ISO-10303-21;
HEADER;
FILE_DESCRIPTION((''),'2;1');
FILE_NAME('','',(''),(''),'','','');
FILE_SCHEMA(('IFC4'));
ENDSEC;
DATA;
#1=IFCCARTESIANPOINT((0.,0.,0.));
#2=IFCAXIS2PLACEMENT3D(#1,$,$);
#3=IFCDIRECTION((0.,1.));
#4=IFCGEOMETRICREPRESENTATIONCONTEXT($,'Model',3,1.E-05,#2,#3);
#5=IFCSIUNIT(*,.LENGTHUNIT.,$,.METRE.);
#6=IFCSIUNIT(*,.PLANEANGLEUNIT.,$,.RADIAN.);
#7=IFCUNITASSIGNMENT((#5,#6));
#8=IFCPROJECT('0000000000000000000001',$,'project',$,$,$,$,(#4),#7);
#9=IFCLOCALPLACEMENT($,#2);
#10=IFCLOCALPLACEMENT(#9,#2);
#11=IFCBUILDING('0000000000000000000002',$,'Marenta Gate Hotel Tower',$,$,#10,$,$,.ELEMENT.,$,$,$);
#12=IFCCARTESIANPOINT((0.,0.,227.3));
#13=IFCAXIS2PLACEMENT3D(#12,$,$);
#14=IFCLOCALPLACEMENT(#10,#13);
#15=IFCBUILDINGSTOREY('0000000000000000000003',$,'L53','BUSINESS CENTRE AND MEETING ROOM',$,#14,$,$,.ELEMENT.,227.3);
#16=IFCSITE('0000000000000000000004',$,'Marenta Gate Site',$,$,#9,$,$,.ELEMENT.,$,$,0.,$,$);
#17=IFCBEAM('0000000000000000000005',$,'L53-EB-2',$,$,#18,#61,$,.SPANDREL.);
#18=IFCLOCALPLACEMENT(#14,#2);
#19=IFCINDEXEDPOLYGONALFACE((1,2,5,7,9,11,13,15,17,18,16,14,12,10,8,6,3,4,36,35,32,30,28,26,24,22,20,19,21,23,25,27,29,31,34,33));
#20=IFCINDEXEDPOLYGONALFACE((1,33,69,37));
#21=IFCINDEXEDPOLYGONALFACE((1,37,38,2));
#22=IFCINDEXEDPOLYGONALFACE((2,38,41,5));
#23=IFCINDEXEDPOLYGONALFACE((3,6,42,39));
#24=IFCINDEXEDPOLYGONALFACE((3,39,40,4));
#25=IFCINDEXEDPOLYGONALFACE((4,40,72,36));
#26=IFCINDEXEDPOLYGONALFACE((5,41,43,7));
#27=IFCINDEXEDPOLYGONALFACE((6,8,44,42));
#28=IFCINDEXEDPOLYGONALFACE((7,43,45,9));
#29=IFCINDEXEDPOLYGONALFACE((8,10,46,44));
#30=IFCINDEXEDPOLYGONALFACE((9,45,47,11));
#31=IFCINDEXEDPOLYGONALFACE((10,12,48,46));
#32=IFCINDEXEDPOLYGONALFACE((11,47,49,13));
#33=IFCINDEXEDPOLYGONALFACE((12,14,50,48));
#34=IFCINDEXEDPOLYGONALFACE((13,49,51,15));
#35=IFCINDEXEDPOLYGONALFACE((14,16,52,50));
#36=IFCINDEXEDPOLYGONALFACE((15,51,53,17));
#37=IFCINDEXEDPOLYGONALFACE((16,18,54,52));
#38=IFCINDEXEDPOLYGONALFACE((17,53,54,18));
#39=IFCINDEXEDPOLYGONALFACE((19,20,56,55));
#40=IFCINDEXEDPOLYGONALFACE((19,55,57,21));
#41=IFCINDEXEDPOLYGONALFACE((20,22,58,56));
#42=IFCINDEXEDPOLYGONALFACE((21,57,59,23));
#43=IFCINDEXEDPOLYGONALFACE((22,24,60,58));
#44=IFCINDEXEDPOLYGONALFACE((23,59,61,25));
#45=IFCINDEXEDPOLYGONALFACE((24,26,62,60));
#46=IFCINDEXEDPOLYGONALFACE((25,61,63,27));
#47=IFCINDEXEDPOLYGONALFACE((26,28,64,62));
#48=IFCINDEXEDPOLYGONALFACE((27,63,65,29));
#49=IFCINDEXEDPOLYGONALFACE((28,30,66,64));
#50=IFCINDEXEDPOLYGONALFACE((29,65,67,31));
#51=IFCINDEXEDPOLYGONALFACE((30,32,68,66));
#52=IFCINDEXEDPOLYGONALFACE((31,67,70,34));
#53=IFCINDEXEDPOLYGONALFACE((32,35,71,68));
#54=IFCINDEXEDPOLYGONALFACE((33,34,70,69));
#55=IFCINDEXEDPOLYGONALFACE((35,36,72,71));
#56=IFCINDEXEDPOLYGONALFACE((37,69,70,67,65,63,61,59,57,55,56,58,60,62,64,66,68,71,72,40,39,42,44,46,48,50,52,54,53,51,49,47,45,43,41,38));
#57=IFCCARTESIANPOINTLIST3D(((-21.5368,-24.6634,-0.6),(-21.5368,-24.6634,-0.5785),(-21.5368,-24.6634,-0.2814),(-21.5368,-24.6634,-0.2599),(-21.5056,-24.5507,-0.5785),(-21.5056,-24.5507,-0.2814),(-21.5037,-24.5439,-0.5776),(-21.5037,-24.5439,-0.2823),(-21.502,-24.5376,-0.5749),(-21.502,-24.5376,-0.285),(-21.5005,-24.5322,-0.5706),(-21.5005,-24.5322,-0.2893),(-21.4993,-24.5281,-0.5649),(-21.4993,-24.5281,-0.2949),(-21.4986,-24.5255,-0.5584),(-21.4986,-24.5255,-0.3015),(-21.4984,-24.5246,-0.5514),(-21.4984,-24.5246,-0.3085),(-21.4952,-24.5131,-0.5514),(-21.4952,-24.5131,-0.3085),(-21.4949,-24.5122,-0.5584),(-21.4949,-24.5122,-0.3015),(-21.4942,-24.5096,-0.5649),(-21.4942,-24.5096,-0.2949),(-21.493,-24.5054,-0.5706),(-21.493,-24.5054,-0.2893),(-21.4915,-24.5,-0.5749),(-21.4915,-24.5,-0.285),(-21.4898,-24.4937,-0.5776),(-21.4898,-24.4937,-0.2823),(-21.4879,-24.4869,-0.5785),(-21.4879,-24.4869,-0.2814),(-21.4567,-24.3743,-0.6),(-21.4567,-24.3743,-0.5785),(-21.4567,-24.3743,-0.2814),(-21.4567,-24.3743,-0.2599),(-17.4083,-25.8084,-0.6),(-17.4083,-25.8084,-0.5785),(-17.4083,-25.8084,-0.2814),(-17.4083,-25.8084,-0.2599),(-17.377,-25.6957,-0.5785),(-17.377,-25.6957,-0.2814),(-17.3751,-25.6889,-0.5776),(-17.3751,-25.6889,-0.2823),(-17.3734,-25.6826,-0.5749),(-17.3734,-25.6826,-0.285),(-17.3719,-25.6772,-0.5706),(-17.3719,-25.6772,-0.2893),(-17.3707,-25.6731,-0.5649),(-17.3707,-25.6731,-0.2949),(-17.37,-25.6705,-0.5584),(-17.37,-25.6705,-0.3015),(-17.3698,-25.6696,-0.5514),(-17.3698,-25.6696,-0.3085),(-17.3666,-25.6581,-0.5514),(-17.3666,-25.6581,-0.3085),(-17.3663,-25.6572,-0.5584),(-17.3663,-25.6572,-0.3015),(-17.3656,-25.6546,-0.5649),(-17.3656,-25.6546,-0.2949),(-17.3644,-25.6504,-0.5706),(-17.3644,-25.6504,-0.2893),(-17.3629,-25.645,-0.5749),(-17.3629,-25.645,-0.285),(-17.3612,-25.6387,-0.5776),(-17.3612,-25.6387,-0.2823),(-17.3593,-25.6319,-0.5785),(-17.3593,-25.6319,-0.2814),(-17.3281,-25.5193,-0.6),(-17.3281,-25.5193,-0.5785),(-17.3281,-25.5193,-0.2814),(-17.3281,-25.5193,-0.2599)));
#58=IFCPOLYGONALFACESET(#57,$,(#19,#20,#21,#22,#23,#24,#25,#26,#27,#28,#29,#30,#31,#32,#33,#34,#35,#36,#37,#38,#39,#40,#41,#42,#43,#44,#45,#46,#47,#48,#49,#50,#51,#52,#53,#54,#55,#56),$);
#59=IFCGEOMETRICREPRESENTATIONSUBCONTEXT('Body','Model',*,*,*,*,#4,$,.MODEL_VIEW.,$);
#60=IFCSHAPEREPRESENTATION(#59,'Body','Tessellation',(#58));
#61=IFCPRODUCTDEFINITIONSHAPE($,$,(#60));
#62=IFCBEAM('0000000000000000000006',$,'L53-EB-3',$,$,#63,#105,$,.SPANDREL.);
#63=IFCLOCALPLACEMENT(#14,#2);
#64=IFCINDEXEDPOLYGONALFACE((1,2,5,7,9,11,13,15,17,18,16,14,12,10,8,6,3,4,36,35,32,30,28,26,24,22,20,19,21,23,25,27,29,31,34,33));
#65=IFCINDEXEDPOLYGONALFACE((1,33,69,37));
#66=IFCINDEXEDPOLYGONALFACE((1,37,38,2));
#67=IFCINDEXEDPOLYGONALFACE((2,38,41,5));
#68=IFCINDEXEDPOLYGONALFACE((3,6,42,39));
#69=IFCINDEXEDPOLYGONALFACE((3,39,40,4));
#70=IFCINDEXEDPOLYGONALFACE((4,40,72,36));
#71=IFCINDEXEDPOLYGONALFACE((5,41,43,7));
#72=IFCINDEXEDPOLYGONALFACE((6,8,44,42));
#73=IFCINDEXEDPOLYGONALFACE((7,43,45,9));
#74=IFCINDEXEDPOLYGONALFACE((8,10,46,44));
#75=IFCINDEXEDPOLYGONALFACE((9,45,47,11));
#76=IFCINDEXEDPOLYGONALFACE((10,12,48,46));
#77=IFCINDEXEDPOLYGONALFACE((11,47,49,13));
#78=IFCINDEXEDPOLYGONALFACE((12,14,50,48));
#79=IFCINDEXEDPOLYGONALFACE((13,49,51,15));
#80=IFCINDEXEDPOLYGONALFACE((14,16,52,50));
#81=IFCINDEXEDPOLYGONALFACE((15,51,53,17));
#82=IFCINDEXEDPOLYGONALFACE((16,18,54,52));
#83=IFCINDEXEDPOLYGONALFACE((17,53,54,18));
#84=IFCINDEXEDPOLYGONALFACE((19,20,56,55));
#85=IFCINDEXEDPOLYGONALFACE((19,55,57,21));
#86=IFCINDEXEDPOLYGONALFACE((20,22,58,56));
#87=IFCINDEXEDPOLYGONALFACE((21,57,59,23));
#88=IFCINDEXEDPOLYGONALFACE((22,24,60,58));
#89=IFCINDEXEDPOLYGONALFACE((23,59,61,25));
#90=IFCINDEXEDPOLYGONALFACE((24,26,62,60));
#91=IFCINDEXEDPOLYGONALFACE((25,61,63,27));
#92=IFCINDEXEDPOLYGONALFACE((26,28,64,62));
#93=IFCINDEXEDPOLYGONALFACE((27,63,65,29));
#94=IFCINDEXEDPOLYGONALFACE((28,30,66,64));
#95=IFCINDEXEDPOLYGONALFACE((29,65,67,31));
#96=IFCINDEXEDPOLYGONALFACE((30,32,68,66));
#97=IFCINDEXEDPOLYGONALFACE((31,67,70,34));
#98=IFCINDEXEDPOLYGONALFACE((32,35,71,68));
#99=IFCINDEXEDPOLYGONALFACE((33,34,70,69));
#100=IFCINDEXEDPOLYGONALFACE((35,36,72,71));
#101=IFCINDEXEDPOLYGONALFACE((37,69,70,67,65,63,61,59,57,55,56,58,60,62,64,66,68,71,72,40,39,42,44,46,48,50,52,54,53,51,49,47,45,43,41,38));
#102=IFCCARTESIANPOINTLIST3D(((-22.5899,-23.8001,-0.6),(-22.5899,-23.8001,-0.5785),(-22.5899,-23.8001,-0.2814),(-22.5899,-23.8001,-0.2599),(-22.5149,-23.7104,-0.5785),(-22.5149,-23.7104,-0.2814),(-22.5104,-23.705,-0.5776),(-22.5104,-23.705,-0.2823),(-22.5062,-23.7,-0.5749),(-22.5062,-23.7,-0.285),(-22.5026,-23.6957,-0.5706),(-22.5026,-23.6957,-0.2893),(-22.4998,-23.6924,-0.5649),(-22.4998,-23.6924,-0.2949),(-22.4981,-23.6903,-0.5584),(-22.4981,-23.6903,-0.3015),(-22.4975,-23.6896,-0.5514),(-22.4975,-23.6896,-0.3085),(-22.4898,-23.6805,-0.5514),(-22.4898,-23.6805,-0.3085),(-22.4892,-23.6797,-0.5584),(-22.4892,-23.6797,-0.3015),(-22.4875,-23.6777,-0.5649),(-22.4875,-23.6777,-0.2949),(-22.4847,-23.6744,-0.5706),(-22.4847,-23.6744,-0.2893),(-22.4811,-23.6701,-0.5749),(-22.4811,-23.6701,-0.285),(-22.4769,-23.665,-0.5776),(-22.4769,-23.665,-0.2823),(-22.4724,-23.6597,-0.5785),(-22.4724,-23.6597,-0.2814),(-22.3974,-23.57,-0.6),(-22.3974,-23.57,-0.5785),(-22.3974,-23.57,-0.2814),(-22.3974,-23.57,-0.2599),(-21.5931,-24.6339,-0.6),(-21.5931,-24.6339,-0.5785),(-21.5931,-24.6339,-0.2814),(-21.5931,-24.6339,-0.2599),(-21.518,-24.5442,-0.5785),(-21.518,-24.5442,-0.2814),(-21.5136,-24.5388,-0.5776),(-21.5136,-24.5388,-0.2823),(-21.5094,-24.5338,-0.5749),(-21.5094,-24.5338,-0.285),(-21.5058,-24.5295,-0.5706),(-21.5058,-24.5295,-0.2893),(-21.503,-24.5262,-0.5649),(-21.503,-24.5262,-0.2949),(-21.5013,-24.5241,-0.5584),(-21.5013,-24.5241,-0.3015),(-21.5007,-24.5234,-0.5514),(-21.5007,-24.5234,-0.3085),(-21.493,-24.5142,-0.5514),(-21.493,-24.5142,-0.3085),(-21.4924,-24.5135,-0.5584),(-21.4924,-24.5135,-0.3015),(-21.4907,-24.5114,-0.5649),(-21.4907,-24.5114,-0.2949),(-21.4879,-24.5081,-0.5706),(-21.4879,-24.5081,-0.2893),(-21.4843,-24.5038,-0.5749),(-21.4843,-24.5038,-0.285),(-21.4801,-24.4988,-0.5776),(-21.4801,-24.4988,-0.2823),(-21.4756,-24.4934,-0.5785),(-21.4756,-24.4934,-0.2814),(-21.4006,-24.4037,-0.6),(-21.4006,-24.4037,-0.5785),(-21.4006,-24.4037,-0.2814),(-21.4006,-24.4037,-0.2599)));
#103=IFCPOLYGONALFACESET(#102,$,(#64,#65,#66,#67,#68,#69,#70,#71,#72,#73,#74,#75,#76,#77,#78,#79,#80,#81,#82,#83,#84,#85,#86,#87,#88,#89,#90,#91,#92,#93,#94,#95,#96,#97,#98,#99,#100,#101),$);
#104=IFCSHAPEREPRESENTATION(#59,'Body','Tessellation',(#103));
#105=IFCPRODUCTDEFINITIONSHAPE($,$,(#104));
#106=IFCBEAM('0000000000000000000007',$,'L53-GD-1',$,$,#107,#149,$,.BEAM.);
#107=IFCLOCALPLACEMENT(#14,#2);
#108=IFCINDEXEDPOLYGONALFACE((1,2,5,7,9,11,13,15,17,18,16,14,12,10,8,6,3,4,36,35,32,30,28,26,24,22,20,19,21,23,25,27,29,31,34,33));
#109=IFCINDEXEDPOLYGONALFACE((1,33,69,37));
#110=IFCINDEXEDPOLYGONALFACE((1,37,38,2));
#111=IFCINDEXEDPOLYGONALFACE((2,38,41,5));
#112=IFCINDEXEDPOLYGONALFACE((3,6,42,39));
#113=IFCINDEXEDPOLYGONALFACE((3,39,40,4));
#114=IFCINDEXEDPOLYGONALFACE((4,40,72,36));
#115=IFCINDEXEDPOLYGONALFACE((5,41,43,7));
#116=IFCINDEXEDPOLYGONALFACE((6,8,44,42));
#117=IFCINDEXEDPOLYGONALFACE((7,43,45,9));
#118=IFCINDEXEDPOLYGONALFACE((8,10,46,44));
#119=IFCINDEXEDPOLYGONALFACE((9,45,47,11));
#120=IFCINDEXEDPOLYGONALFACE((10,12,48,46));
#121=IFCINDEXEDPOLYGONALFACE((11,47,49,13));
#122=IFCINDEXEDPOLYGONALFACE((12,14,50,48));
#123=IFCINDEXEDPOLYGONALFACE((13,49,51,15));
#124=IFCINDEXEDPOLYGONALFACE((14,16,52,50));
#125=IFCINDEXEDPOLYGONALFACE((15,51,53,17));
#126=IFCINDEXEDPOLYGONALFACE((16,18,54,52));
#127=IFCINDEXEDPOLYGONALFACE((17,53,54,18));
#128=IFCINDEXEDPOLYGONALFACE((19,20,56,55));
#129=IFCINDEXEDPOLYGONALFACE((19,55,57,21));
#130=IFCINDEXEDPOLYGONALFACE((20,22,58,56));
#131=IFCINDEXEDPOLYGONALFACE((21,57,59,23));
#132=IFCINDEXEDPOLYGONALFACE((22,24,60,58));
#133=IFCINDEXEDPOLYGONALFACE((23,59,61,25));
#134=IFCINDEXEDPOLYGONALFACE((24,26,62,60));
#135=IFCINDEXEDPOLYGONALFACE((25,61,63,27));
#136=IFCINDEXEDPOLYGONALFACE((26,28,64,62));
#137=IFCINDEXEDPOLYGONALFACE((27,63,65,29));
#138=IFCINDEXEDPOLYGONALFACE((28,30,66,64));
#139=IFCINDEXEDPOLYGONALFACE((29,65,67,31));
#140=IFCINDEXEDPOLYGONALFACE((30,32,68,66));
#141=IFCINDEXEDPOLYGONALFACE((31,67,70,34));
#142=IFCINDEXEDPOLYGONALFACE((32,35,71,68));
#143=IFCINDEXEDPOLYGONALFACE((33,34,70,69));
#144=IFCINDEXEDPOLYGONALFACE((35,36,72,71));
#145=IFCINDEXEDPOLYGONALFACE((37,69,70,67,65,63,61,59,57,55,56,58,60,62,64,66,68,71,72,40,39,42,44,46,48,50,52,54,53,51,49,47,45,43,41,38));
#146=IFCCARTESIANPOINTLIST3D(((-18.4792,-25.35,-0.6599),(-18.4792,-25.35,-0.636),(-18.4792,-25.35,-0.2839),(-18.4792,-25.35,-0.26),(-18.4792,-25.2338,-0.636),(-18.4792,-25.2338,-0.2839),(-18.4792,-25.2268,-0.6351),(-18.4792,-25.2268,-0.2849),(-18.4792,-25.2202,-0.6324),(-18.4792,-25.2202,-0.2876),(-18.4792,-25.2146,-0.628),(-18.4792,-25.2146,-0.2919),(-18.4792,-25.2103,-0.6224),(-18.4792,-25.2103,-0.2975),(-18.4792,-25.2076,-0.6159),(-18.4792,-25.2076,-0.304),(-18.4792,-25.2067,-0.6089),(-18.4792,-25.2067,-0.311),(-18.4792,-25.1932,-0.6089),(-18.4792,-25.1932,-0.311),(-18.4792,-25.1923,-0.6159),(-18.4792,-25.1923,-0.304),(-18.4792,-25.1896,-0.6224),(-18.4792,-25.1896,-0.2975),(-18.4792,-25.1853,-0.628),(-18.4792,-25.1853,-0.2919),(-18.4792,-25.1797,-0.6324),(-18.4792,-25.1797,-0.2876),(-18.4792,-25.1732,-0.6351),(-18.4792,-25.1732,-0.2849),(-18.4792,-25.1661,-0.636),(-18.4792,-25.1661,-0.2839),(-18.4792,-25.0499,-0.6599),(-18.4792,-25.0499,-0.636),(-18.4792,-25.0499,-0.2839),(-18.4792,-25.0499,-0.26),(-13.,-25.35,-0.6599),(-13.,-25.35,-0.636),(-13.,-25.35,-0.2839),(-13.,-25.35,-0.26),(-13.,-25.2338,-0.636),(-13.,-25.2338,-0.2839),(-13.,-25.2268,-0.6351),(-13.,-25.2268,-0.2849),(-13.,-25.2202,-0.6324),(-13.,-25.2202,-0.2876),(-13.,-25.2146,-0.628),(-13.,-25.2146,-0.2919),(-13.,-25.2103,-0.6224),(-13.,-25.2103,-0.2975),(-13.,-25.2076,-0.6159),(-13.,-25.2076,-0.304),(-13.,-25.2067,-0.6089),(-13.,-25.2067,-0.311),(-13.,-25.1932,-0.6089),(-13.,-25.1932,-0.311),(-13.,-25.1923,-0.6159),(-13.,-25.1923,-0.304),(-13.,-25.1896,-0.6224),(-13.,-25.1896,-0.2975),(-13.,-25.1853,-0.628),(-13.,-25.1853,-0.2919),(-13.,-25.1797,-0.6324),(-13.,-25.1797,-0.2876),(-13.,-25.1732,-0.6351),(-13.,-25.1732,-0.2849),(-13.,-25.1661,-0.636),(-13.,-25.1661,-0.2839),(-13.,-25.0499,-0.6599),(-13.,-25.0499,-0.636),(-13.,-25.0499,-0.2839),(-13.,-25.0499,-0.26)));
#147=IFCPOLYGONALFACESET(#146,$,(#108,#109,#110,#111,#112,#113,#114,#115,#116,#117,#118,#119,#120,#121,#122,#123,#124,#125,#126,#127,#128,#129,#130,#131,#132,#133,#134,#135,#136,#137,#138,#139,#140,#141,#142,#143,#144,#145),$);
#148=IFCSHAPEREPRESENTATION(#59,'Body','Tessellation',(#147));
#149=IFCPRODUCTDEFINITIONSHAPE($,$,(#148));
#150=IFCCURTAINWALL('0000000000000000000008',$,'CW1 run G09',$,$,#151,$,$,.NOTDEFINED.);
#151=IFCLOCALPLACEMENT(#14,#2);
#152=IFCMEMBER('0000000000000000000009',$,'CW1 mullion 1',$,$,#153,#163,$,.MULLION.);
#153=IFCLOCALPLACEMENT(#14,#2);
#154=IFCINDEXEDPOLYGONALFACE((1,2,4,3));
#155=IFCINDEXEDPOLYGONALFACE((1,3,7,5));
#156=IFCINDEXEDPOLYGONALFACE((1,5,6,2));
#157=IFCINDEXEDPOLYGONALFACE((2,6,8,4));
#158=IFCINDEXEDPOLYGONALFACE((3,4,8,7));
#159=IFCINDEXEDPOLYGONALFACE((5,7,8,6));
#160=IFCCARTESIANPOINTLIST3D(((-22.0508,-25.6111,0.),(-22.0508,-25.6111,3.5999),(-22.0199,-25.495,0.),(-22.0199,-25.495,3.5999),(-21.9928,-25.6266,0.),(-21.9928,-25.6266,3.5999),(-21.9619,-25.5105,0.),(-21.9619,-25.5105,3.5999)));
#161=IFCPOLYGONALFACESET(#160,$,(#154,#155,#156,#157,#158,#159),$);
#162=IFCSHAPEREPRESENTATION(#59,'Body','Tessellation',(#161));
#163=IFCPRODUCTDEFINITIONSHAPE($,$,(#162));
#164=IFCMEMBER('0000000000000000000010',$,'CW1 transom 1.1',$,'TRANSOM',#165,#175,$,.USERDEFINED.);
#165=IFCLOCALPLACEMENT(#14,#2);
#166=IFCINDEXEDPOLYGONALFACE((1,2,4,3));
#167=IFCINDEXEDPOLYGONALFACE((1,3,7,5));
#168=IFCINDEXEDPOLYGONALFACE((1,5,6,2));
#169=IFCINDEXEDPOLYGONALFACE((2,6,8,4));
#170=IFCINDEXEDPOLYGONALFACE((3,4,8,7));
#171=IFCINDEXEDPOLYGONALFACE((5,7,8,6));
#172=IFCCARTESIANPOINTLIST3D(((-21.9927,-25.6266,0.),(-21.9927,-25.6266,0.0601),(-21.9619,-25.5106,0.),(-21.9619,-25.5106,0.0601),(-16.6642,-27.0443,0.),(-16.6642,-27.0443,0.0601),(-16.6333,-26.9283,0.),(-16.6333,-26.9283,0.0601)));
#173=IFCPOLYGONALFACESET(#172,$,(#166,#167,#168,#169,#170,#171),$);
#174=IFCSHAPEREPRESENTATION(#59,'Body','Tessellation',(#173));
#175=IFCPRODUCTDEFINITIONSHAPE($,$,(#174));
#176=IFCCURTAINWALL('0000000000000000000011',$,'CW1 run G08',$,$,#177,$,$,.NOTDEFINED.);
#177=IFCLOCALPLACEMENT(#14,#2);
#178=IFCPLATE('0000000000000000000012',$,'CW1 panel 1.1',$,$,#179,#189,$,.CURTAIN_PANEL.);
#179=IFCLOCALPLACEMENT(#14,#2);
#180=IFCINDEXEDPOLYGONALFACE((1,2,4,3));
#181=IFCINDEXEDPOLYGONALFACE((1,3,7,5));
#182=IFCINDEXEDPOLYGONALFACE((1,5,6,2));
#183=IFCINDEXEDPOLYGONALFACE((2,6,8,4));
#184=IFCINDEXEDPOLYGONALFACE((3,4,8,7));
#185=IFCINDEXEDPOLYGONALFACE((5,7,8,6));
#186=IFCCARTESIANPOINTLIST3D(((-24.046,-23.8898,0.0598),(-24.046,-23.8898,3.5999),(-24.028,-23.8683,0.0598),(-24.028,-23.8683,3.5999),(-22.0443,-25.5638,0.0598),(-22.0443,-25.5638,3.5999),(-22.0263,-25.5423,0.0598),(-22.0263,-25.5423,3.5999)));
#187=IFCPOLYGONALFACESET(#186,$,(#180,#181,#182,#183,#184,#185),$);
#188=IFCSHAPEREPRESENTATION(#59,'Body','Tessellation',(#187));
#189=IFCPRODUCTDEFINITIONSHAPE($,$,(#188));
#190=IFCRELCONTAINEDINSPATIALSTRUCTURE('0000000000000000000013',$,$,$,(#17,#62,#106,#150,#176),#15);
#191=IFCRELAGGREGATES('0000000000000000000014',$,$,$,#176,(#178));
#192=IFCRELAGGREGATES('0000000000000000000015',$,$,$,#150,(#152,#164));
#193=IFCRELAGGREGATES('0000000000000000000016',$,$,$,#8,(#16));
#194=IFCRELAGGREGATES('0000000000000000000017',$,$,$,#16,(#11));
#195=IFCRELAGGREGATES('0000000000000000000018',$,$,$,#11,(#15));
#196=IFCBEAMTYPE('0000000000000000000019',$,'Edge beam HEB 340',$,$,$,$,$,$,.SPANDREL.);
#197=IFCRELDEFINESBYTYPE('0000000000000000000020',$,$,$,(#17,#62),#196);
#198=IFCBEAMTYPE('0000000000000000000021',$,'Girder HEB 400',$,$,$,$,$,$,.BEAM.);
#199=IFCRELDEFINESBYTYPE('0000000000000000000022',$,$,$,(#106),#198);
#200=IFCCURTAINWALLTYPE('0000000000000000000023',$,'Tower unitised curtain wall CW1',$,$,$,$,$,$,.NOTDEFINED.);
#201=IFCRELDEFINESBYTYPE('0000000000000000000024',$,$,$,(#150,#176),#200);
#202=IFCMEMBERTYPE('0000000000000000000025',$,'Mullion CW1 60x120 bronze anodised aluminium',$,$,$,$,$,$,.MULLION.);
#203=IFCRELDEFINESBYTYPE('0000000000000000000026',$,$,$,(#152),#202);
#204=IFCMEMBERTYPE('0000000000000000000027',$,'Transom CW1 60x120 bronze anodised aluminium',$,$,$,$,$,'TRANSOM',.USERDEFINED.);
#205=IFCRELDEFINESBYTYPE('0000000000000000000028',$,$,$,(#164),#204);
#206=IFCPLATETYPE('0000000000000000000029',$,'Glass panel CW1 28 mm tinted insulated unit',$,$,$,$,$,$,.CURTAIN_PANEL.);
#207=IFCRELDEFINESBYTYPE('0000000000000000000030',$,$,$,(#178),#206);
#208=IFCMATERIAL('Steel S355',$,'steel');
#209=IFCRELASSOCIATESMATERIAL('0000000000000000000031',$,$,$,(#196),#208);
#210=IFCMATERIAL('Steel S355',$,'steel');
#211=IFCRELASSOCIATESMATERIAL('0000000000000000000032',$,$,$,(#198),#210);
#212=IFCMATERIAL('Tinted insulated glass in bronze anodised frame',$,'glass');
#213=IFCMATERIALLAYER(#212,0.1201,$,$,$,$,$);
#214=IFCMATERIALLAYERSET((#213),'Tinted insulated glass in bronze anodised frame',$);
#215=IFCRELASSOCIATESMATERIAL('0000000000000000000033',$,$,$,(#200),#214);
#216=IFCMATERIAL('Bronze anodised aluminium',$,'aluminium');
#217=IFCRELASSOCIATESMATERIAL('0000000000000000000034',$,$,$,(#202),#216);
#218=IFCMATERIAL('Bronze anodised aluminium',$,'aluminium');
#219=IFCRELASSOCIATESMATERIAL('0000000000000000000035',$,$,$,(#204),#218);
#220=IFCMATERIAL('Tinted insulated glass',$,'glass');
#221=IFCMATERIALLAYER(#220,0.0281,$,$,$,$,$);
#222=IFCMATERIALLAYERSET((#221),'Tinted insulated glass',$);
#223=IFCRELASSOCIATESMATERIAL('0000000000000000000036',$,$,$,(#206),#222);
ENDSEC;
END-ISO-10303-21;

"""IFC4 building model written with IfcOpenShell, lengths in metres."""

from ifc_helpers import new_model, si_unit, direction, frame, origin, origin_2d, place, context, subcontext, project, spatial, rectangle, i_section, extrude, material, layer, layer_set, material_profile, profile_set, type_object, element, aggregate, save


model = new_model("IFC4")

# Units and contexts
model_context = context("Model", 3, precision=1e-05, world=origin(), true_north=direction((0.0, 1.0)))
body_context = subcontext(model_context, "Body", "Model", "MODEL_VIEW")
ifc_project = project(units=[si_unit("LENGTHUNIT", "METRE"), si_unit("PLANEANGLEUNIT", "RADIAN")], contexts=[model_context])

# Site, building, storey
site_placement = place(None, origin())
site = spatial("IfcSite", under=ifc_project, at=site_placement, Name="Marenta Gate Site", CompositionType="ELEMENT", RefElevation=0.0)
building_placement = place(site_placement, origin())
building = spatial("IfcBuilding", under=site, at=building_placement, Name="Marenta Gate Hotel Tower", CompositionType="ELEMENT")
storey_placement = place(building_placement, frame((0.0, 0.0, 227.3)))
storey = spatial("IfcBuildingStorey", under=building, at=storey_placement, Name="L53", Description="BUSINESS CENTRE AND MEETING ROOM", CompositionType="ELEMENT", Elevation=227.3)

# Beams
ifc_material_1 = material(Name="Steel S355", Category="steel")
ifc_material_profile_1 = material_profile(ifc_material_1, i_section(OverallWidth=0.3, OverallDepth=0.3401, WebThickness=0.012, FlangeThickness=0.0215, FilletRadius=0.0271, at=origin_2d()), Name="HEB 340")
ifc_profile_set_1 = profile_set([ifc_material_profile_1], Name="Steel S355")
beam_type_1 = type_object("IfcBeamType", Name="Edge beam HEB 340", PredefinedType="SPANDREL", material=ifc_profile_set_1)
beam_1_placement = place(storey_placement, frame((-17.3682, -25.6638, -0.4299), z_axis=(-0.963628, 0.267247, 0.0), x_axis=(-0.267247, -0.963628, 0.0)))
element("IfcBeam", 1, at=beam_1_placement, inside=storey, type_object=beam_type_1, Name="L53-EB-2", PredefinedType="SPANDREL", context=body_context, shape_type="SweptSolid", body=[
    extrude(i_section(OverallWidth=0.3, OverallDepth=0.3401, WebThickness=0.012, FlangeThickness=0.0215, FilletRadius=0.0271, at=origin_2d()), origin(), (0.0, 0.0, 1.0), 4.2844),
])
beam_2_placement = place(storey_placement, frame((-21.4968, -24.5188, -0.4299), z_axis=(-0.767065, 0.641569, 0.0), x_axis=(-0.641569, -0.767065, 0.0)))
element("IfcBeam", 2, at=beam_2_placement, inside=storey, type_object=beam_type_1, Name="L53-EB-3", PredefinedType="SPANDREL", context=body_context, shape_type="SweptSolid", body=[
    extrude(i_section(OverallWidth=0.3, OverallDepth=0.3401, WebThickness=0.012, FlangeThickness=0.0215, FilletRadius=0.0271, at=origin_2d()), origin(), (0.0, 0.0, 1.0), 1.2996),
])
ifc_material_2 = material(Name="Steel S355", Category="steel")
ifc_material_profile_2 = material_profile(ifc_material_2, i_section(OverallWidth=0.3, OverallDepth=0.3999, WebThickness=0.0134, FlangeThickness=0.0239, FilletRadius=0.0271, at=origin_2d()), Name="HEB 400")
ifc_profile_set_2 = profile_set([ifc_material_profile_2], Name="Steel S355")
beam_type_2 = type_object("IfcBeamType", Name="Girder HEB 400", PredefinedType="BEAM", material=ifc_profile_set_2)
beam_3_placement = place(storey_placement, frame((-18.4792, -25.2, -0.46), z_axis=(1.0, 0.0, 0.0), x_axis=(0.0, 1.0, 0.0)))
element("IfcBeam", 3, at=beam_3_placement, inside=storey, type_object=beam_type_2, Name="L53-GD-1", PredefinedType="BEAM", context=body_context, shape_type="SweptSolid", body=[
    extrude(i_section(OverallWidth=0.3, OverallDepth=0.3999, WebThickness=0.0134, FlangeThickness=0.0239, FilletRadius=0.0271, at=origin_2d()), origin(), (0.0, 0.0, 1.0), 5.4792),
])

# Curtain wall, members
ifc_material_3 = material(Name="Tinted insulated glass in bronze anodised frame", Category="glass")
ifc_layer_1 = layer(ifc_material_3, 0.1201)
ifc_layer_set_1 = layer_set([ifc_layer_1], Name="Tinted insulated glass in bronze anodised frame")
curtain_wall_type = type_object("IfcCurtainWallType", Name="Tower unitised curtain wall CW1", PredefinedType="NOTDEFINED", material=ifc_layer_set_1)
curtain_wall_1_placement = place(storey_placement, origin())
curtain_wall_1 = element("IfcCurtainWall", 4, at=curtain_wall_1_placement, inside=storey, type_object=curtain_wall_type, Name="CW1 run G09", PredefinedType="NOTDEFINED")
ifc_material_4 = material(Name="Bronze anodised aluminium", Category="aluminium")
ifc_material_profile_3 = material_profile(ifc_material_4, rectangle(XDim=0.1201, YDim=0.0601, at=origin_2d()), Name="Mullion CW1 60x120 bronze anodised aluminium")
ifc_profile_set_3 = profile_set([ifc_material_profile_3], Name="Bronze anodised aluminium")
member_type_1 = type_object("IfcMemberType", Name="Mullion CW1 60x120 bronze anodised aluminium", PredefinedType="MULLION", material=ifc_profile_set_3)
member_1_placement = place(storey_placement, frame((-22.0063, -25.5608, 0.0), z_axis=(0.0, 0.0, 1.0), x_axis=(0.257132, 0.966376, 0.0)))
member_1 = element("IfcMember", 5, at=member_1_placement, type_object=member_type_1, Name="CW1 mullion 1", PredefinedType="MULLION", context=body_context, shape_type="SweptSolid", body=[
    extrude(rectangle(XDim=0.1201, YDim=0.0601, at=origin_2d()), origin(), (0.0, 0.0, 1.0), 3.5999),
])
ifc_material_5 = material(Name="Bronze anodised aluminium", Category="aluminium")
ifc_material_profile_4 = material_profile(ifc_material_5, rectangle(XDim=0.1201, YDim=0.0601, at=origin_2d()), Name="Transom CW1 60x120 bronze anodised aluminium")
ifc_profile_set_4 = profile_set([ifc_material_profile_4], Name="Bronze anodised aluminium")
member_type_2 = type_object("IfcMemberType", Name="Transom CW1 60x120 bronze anodised aluminium", ElementType="TRANSOM", PredefinedType="USERDEFINED", material=ifc_profile_set_4)
member_2_placement = place(storey_placement, frame((-21.9773, -25.5686, 0.03), z_axis=(0.966381, -0.257114, 0.0), x_axis=(0.257114, 0.966381, 0.0)))
member_2 = element("IfcMember", 6, at=member_2_placement, type_object=member_type_2, Name="CW1 transom 1.1", ObjectType="TRANSOM", PredefinedType="USERDEFINED", context=body_context, shape_type="SweptSolid", body=[
    extrude(rectangle(XDim=0.1201, YDim=0.0601, at=origin_2d()), origin(), (0.0, 0.0, 1.0), 5.5139),
])

# Curtain wall, plate
curtain_wall_2_placement = place(storey_placement, origin())
curtain_wall_2 = element("IfcCurtainWall", 7, at=curtain_wall_2_placement, inside=storey, type_object=curtain_wall_type, Name="CW1 run G08", PredefinedType="NOTDEFINED")
ifc_material_6 = material(Name="Tinted insulated glass", Category="glass")
ifc_layer_2 = layer(ifc_material_6, 0.0281)
ifc_layer_set_2 = layer_set([ifc_layer_2], Name="Tinted insulated glass")
plate_type = type_object("IfcPlateType", Name="Glass panel CW1 28 mm tinted insulated unit", PredefinedType="CURTAIN_PANEL", material=ifc_layer_set_2)
plate_1_placement = place(storey_placement, frame((-23.0361, -24.7161, 0.0598), z_axis=(0.0, 0.0, 1.0), x_axis=(0.767102, -0.641525, 0.0)))
plate_1 = element("IfcPlate", 8, at=plate_1_placement, type_object=plate_type, Name="CW1 panel 1.1", PredefinedType="CURTAIN_PANEL", context=body_context, shape_type="SweptSolid", body=[
    extrude(rectangle(XDim=2.6094, YDim=0.0281, at=origin_2d()), origin(), (0.0, 0.0, 1.0), 3.54),
])
aggregate(curtain_wall_2, [plate_1])

aggregate(curtain_wall_1, [member_1, member_2])

save(model, "model.ifc")
